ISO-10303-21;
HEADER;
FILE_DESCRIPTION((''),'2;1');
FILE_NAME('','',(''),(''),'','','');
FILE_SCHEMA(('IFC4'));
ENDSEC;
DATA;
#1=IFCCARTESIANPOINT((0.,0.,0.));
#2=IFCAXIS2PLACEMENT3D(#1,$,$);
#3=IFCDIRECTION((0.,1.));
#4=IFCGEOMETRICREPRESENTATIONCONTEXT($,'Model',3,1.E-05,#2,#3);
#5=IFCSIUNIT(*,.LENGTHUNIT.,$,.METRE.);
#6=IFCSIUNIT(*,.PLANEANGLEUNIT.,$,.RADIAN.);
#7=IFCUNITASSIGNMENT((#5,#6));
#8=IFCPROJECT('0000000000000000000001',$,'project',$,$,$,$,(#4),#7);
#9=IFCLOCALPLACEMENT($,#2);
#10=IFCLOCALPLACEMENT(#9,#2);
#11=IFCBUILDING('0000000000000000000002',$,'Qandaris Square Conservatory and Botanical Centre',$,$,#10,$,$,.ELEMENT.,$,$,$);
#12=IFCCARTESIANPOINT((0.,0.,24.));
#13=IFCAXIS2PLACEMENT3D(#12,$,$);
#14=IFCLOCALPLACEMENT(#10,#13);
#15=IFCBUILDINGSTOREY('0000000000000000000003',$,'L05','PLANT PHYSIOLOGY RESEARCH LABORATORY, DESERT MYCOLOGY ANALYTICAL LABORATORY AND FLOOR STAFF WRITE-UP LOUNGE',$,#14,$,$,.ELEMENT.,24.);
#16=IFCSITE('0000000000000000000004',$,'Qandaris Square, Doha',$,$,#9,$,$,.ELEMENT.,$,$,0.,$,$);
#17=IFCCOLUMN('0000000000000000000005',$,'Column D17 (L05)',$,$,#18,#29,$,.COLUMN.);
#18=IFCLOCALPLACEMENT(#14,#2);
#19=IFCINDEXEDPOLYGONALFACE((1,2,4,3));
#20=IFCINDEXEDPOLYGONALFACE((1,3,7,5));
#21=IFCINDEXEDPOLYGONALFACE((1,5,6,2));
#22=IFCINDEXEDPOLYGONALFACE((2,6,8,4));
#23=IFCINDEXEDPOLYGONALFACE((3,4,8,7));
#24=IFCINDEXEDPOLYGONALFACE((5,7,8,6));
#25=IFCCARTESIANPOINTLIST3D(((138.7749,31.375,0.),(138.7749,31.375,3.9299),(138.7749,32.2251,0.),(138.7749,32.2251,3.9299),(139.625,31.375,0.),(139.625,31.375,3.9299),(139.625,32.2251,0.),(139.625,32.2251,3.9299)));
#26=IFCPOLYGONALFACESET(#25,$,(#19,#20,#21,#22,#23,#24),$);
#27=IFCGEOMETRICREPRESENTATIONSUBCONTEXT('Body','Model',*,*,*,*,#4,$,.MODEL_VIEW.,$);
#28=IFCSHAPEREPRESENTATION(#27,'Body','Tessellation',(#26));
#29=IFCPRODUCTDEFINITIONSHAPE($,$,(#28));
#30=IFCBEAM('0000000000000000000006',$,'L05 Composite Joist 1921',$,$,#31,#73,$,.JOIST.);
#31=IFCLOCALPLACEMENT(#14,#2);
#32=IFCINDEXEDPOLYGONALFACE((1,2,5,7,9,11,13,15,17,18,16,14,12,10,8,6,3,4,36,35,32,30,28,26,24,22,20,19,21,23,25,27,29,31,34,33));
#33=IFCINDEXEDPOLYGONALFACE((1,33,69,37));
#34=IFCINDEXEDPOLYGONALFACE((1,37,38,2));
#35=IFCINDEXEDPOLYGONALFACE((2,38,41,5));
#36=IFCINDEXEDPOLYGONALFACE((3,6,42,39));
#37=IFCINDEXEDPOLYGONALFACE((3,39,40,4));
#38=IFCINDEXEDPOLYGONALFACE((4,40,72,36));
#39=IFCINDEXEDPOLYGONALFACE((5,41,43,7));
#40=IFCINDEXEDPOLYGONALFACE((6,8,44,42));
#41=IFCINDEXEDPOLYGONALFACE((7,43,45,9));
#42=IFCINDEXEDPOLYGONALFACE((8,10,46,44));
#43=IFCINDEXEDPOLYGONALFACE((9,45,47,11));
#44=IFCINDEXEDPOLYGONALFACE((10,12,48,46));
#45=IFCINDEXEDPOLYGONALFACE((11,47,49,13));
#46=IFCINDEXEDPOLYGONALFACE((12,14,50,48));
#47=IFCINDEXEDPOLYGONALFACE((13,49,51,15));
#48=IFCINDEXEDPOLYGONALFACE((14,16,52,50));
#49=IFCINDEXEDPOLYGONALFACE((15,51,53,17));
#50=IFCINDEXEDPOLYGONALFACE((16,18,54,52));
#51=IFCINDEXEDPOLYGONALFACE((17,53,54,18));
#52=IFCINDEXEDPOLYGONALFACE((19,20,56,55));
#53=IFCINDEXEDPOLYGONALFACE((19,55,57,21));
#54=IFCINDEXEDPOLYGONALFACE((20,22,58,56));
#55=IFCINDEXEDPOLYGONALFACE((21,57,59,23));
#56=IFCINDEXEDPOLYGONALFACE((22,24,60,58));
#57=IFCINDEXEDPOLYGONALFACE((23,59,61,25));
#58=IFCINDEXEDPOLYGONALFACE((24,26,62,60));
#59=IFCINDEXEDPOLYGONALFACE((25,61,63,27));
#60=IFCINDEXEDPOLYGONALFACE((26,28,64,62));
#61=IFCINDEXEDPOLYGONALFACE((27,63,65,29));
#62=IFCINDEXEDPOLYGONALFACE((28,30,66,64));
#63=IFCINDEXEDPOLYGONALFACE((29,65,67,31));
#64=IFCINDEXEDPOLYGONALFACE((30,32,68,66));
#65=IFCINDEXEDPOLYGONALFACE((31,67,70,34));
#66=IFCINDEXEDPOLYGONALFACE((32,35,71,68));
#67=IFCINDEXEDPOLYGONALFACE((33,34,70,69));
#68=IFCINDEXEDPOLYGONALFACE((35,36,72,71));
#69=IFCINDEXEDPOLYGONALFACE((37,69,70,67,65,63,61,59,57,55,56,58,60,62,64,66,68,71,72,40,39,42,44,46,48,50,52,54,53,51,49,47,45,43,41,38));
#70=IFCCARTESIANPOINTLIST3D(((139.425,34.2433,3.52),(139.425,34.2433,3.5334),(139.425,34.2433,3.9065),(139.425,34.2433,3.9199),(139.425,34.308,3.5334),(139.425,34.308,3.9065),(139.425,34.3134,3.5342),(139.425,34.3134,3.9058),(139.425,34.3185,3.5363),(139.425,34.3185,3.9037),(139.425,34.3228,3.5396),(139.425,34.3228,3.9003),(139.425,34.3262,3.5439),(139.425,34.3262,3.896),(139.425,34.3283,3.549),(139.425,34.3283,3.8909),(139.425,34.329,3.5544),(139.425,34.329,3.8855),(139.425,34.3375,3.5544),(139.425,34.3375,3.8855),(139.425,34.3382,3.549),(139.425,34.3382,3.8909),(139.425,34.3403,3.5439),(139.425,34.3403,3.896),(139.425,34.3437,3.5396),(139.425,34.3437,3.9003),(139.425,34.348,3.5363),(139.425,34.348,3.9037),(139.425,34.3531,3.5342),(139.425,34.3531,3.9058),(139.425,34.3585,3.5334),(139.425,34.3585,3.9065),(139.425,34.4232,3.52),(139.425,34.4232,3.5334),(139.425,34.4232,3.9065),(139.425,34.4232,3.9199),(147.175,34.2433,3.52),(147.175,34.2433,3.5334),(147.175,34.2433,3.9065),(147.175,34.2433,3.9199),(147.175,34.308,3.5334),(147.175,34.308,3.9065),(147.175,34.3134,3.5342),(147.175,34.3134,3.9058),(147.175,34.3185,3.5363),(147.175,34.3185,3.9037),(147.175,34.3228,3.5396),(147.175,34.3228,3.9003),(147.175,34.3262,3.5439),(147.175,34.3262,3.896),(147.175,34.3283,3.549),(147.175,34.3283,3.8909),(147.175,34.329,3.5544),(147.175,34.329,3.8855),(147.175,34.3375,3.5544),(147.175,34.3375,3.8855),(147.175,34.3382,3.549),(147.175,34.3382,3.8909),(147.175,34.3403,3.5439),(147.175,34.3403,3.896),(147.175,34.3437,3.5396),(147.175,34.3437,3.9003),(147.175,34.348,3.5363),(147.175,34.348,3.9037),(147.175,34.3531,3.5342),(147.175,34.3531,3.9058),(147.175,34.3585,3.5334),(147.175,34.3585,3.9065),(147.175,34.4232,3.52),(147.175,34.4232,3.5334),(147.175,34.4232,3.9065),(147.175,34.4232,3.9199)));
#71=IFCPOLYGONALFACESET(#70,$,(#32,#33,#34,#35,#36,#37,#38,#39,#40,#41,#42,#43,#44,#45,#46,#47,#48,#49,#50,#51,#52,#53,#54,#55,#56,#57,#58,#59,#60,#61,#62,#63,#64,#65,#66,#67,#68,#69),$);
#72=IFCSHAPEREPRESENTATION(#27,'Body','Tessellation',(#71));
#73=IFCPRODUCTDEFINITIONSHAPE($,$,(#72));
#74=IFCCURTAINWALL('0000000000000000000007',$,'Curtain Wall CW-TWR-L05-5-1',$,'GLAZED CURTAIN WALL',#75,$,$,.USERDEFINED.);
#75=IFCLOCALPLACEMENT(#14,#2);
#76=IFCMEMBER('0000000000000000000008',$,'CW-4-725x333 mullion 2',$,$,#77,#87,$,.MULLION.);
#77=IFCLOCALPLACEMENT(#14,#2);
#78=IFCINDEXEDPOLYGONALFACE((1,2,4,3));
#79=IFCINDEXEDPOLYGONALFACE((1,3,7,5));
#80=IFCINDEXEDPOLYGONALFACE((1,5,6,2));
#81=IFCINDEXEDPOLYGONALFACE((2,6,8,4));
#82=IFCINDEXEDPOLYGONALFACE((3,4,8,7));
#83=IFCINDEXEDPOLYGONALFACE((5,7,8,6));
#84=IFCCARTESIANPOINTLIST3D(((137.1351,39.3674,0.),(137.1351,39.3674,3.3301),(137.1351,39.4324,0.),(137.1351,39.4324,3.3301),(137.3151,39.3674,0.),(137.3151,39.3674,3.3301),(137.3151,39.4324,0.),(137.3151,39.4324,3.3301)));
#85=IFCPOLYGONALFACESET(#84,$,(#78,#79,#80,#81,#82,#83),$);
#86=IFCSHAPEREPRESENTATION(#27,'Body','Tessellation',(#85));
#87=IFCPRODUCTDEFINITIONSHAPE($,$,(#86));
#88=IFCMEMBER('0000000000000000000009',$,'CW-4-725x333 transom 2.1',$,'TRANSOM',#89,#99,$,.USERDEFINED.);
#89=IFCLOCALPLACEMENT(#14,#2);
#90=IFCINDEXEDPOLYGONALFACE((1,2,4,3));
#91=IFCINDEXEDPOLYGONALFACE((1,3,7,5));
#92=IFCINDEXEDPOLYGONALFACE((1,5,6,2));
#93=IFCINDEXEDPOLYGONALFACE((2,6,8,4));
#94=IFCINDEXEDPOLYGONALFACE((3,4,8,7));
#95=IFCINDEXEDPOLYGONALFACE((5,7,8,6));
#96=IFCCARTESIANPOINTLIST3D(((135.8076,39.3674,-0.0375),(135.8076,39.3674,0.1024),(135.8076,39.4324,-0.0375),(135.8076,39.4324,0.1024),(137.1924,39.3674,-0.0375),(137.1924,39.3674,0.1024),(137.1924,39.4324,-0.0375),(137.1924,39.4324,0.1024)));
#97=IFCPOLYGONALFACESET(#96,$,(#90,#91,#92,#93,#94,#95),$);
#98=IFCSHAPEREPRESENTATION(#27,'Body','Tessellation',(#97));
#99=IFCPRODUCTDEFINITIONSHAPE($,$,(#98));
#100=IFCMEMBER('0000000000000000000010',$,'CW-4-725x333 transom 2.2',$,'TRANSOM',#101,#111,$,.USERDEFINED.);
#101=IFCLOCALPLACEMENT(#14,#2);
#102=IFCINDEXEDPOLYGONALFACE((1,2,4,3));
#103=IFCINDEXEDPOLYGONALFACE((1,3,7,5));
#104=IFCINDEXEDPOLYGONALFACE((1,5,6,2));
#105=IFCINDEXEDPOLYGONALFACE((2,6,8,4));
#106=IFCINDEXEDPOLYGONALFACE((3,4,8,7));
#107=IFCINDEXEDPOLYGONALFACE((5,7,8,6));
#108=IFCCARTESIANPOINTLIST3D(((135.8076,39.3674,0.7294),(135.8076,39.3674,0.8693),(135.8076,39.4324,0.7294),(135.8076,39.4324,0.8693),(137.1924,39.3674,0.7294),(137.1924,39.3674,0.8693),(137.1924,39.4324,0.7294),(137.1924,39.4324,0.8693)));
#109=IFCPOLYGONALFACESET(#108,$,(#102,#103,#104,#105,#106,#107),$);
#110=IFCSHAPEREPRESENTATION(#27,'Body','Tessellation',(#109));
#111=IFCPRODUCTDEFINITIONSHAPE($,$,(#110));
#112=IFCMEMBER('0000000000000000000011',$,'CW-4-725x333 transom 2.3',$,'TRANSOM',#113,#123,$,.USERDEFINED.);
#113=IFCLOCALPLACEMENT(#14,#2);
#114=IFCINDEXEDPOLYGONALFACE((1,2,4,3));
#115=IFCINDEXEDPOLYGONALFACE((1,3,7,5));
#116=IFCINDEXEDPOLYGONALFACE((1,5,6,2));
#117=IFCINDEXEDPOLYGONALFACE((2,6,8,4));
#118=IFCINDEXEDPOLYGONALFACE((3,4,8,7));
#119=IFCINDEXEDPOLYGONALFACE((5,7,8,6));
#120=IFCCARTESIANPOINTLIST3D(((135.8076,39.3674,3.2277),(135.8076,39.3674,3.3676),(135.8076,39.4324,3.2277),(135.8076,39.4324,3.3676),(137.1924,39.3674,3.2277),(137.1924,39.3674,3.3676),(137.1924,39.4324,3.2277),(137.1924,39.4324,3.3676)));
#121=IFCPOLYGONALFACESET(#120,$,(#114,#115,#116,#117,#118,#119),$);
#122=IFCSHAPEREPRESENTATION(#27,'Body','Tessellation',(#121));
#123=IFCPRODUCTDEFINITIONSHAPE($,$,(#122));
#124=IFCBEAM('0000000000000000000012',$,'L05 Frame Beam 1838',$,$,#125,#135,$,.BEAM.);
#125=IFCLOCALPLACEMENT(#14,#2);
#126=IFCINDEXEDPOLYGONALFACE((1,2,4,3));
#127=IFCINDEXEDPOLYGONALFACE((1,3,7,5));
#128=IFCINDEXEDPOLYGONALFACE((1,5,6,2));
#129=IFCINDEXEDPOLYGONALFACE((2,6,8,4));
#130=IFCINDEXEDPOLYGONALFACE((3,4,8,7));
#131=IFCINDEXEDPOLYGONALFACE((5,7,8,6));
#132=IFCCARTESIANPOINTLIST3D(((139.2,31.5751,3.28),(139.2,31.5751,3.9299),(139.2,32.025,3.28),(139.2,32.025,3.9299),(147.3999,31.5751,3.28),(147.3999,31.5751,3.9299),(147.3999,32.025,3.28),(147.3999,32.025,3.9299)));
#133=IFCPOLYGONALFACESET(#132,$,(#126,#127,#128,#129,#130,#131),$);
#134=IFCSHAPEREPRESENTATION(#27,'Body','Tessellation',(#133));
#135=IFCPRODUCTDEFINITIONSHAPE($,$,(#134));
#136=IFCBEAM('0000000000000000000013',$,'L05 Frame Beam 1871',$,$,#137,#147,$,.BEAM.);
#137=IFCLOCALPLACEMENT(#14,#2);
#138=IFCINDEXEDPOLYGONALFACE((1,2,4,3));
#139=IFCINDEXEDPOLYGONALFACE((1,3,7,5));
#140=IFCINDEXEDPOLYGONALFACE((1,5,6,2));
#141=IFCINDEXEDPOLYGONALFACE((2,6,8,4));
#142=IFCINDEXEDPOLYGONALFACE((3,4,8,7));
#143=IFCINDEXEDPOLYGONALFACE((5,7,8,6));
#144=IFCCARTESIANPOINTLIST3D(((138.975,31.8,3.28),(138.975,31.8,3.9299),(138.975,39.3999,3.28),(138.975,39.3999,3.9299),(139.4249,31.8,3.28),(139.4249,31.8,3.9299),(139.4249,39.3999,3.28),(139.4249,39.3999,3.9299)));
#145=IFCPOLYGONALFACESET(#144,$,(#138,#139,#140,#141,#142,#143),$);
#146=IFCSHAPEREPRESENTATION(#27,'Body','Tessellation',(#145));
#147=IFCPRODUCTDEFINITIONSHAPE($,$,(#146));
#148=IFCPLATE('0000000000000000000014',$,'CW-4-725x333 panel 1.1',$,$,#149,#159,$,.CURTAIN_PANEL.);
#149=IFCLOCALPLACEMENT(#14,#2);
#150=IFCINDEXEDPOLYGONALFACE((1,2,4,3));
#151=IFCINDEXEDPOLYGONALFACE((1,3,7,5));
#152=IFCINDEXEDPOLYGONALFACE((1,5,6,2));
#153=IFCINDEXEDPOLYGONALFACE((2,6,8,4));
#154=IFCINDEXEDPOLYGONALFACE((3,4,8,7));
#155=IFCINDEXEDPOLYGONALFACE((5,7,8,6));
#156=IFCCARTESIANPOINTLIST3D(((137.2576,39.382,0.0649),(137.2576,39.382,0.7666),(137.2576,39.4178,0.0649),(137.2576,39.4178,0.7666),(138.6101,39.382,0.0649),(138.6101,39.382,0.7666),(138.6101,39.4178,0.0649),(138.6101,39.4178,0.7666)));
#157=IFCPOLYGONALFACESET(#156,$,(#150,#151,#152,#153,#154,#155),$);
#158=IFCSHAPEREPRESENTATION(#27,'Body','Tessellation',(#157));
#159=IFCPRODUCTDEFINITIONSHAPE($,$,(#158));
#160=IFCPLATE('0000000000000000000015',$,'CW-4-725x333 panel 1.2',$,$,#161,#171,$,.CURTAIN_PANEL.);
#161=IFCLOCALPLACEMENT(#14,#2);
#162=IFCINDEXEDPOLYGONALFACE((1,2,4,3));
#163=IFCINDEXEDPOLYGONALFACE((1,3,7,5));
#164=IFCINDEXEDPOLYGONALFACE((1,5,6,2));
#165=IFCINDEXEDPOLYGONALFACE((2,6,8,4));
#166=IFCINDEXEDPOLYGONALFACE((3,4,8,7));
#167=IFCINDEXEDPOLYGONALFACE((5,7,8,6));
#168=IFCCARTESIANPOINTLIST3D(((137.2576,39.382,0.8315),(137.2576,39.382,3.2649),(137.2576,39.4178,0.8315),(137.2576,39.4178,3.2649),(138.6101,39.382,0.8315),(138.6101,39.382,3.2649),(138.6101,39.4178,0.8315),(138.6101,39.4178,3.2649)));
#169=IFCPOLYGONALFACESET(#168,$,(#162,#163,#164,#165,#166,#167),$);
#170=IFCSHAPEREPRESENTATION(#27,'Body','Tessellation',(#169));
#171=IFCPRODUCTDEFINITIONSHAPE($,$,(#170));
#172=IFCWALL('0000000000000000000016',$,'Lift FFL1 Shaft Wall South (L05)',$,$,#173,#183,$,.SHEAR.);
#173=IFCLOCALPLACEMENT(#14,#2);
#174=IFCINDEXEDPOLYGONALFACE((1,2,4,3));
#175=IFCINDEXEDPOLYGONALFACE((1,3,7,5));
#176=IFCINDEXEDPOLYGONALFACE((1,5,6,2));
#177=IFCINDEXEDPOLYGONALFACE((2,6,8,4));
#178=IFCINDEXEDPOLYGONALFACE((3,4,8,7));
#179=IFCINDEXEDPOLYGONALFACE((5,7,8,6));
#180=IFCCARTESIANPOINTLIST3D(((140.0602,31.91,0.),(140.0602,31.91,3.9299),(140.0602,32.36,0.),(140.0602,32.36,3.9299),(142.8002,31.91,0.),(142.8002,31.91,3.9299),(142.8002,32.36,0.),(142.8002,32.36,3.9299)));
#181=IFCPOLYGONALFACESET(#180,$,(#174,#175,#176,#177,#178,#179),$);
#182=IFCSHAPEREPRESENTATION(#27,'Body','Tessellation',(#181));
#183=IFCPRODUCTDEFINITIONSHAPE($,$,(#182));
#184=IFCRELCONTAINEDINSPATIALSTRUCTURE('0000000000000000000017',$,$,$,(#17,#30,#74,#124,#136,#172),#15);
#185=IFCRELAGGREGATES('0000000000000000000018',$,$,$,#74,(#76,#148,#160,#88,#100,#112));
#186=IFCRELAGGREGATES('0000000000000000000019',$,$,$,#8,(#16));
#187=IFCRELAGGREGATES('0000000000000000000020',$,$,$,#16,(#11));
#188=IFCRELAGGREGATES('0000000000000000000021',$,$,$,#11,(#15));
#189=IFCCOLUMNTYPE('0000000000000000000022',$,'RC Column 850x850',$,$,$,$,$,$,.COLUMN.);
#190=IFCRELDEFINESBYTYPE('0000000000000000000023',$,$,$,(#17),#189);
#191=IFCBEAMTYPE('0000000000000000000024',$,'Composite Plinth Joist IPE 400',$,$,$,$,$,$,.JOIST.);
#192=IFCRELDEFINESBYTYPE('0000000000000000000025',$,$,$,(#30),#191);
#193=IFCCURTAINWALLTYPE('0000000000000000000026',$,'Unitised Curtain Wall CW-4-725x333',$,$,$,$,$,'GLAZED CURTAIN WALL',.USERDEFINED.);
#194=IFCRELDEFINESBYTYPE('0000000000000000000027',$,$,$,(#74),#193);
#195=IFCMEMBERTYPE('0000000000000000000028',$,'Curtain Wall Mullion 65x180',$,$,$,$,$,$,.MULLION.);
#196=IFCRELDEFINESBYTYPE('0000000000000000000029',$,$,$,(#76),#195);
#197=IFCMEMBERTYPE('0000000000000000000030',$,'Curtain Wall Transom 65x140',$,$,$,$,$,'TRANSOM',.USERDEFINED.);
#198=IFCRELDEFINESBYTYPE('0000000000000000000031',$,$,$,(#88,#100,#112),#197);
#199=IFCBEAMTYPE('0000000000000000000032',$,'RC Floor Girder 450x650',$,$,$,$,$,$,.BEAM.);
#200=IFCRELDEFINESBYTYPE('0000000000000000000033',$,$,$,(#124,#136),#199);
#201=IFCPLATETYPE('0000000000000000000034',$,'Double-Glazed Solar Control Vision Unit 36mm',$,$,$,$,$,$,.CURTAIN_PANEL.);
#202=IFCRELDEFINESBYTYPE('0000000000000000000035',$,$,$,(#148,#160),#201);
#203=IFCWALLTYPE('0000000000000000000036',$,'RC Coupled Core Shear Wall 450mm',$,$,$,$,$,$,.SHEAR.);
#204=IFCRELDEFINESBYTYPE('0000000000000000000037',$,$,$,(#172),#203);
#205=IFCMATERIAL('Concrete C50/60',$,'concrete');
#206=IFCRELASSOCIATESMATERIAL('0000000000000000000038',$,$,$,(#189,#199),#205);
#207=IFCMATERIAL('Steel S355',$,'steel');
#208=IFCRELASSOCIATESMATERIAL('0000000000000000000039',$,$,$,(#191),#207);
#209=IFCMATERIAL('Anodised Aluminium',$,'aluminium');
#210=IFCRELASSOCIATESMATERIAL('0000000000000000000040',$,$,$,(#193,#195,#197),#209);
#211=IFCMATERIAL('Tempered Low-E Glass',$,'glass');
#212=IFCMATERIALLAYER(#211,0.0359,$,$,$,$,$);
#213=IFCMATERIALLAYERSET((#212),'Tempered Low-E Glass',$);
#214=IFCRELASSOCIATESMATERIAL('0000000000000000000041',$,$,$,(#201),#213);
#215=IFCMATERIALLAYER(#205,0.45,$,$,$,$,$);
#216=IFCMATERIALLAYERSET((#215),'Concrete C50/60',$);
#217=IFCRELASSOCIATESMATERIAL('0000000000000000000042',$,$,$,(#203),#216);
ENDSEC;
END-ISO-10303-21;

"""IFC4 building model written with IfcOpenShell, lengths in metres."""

from ifc_helpers import new_model, si_unit, direction, frame, frame_2d, origin, origin_2d, place, context, subcontext, project, spatial, rectangle, i_section, extrude, material, layer, layer_set, material_profile, profile_set, type_object, element, aggregate, save


model = new_model("IFC4")

# Units and contexts
model_context = context("Model", 3, precision=1e-05, world=origin(), true_north=direction((0.0, 1.0)))
body_context = subcontext(model_context, "Body", "Model", "MODEL_VIEW")
ifc_project = project(units=[si_unit("LENGTHUNIT", "METRE"), si_unit("PLANEANGLEUNIT", "RADIAN")], contexts=[model_context])

# Site, building, storey
site_placement = place(None, origin())
site = spatial("IfcSite", under=ifc_project, at=site_placement, Name="Qandaris Square, Doha", CompositionType="ELEMENT", RefElevation=0.0)
building_placement = place(site_placement, origin())
building = spatial("IfcBuilding", under=site, at=building_placement, Name="Qandaris Square Conservatory and Botanical Centre", CompositionType="ELEMENT")
storey_placement = place(building_placement, frame((0.0, 0.0, 24.0)))
storey = spatial("IfcBuildingStorey", under=building, at=storey_placement, Name="L05", Description="PLANT PHYSIOLOGY RESEARCH LABORATORY, DESERT MYCOLOGY ANALYTICAL LABORATORY AND FLOOR STAFF WRITE-UP LOUNGE", CompositionType="ELEMENT", Elevation=24.0)

# Column
ifc_material_1 = material(Name="Concrete C50/60", Category="concrete")
ifc_material_profile_1 = material_profile(ifc_material_1, rectangle(XDim=0.8501, YDim=0.8501, at=origin_2d()), Name="RC-COL 850x850")
ifc_profile_set_1 = profile_set([ifc_material_profile_1], Name="Concrete C50/60")
column_type = type_object("IfcColumnType", Name="RC Column 850x850", PredefinedType="COLUMN", material=ifc_profile_set_1)
column_placement = place(storey_placement, frame((139.2, 31.8, 0.0), z_axis=(0.0, 0.0, 1.0), x_axis=(1.0, 0.0, 0.0)))
element("IfcColumn", 1, at=column_placement, inside=storey, type_object=column_type, Name="Column D17 (L05)", PredefinedType="COLUMN", context=body_context, shape_type="SweptSolid", body=[
    extrude(rectangle(XDim=0.8501, YDim=0.8501, at=origin_2d()), origin(), (0.0, 0.0, 1.0), 3.9299),
])

# Beam
ifc_material_2 = material(Name="Steel S355", Category="steel")
ifc_material_profile_2 = material_profile(ifc_material_2, i_section(OverallWidth=0.1799, OverallDepth=0.3999, WebThickness=0.0085, FlangeThickness=0.0134, FilletRadius=0.021, at=origin_2d()), Name="IPE 400")
ifc_profile_set_2 = profile_set([ifc_material_profile_2], Name="Steel S355")
beam_type_1 = type_object("IfcBeamType", Name="Composite Plinth Joist IPE 400", PredefinedType="JOIST", material=ifc_profile_set_2)
beam_1_placement = place(storey_placement, frame((139.425, 34.3333, 3.72), z_axis=(1.0, 0.0, 0.0), x_axis=(0.0, 1.0, 0.0)))
element("IfcBeam", 2, at=beam_1_placement, inside=storey, type_object=beam_type_1, Name="L05 Composite Joist 1921", PredefinedType="JOIST", context=body_context, shape_type="SweptSolid", body=[
    extrude(i_section(OverallWidth=0.1799, OverallDepth=0.3999, WebThickness=0.0085, FlangeThickness=0.0134, FilletRadius=0.021, at=origin_2d()), origin(), (0.0, 0.0, 1.0), 7.75),
])

# Curtain wall, members
ifc_material_3 = material(Name="Anodised Aluminium", Category="aluminium")
curtain_wall_type = type_object("IfcCurtainWallType", Name="Unitised Curtain Wall CW-4-725x333", ElementType="GLAZED CURTAIN WALL", PredefinedType="USERDEFINED", material=ifc_material_3)
curtain_wall_placement = place(storey_placement, origin())
curtain_wall = element("IfcCurtainWall", 3, at=curtain_wall_placement, inside=storey, type_object=curtain_wall_type, Name="Curtain Wall CW-TWR-L05-5-1", ObjectType="GLAZED CURTAIN WALL", PredefinedType="USERDEFINED")
ifc_material_profile_3 = material_profile(ifc_material_3, rectangle(XDim=0.0649, YDim=0.1799, at=origin_2d()), Name="ALU-MUL 65x180")
ifc_profile_set_3 = profile_set([ifc_material_profile_3], Name="Anodised Aluminium")
member_type_1 = type_object("IfcMemberType", Name="Curtain Wall Mullion 65x180", PredefinedType="MULLION", material=ifc_profile_set_3)
member_1_placement = place(storey_placement, frame((137.2251, 39.3999, 0.0), z_axis=(0.0, 0.0, 1.0), x_axis=(0.0, -1.0, 0.0)))
member_1 = element("IfcMember", 4, at=member_1_placement, type_object=member_type_1, Name="CW-4-725x333 mullion 2", PredefinedType="MULLION", context=body_context, shape_type="SweptSolid", body=[
    extrude(rectangle(XDim=0.0649, YDim=0.1799, at=origin_2d()), origin(), (0.0, 0.0, 1.0), 3.3301),
])
ifc_material_profile_4 = material_profile(ifc_material_3, rectangle(XDim=0.0649, YDim=0.1399, at=origin_2d()), Name="ALU-TRN 65x140")
ifc_profile_set_4 = profile_set([ifc_material_profile_4], Name="Anodised Aluminium")
member_type_2 = type_object("IfcMemberType", Name="Curtain Wall Transom 65x140", ElementType="TRANSOM", PredefinedType="USERDEFINED", material=ifc_profile_set_4)
member_2_placement = place(storey_placement, frame((137.1924, 39.3999, 0.0325), z_axis=(-1.0, 0.0, 0.0), x_axis=(0.0, -1.0, 0.0)))
member_2 = element("IfcMember", 5, at=member_2_placement, type_object=member_type_2, Name="CW-4-725x333 transom 2.1", ObjectType="TRANSOM", PredefinedType="USERDEFINED", context=body_context, shape_type="SweptSolid", body=[
    extrude(rectangle(XDim=0.0649, YDim=0.1399, at=origin_2d()), origin(), (0.0, 0.0, 1.0), 1.3848),
])
member_3_placement = place(storey_placement, frame((137.1924, 39.3999, 0.7993), z_axis=(-1.0, 0.0, 0.0), x_axis=(0.0, -1.0, 0.0)))
member_3 = element("IfcMember", 6, at=member_3_placement, type_object=member_type_2, Name="CW-4-725x333 transom 2.2", ObjectType="TRANSOM", PredefinedType="USERDEFINED", context=body_context, shape_type="SweptSolid", body=[
    extrude(rectangle(XDim=0.0649, YDim=0.1399, at=origin_2d()), origin(), (0.0, 0.0, 1.0), 1.3848),
])
member_4_placement = place(storey_placement, frame((137.1924, 39.3999, 3.2976), z_axis=(-1.0, 0.0, 0.0), x_axis=(0.0, -1.0, 0.0)))
member_4 = element("IfcMember", 7, at=member_4_placement, type_object=member_type_2, Name="CW-4-725x333 transom 2.3", ObjectType="TRANSOM", PredefinedType="USERDEFINED", context=body_context, shape_type="SweptSolid", body=[
    extrude(rectangle(XDim=0.0649, YDim=0.1399, at=origin_2d()), origin(), (0.0, 0.0, 1.0), 1.3848),
])

# Beams
ifc_material_profile_5 = material_profile(ifc_material_1, rectangle(XDim=0.45, YDim=0.6499, at=origin_2d()), Name="RC-BM 450x650")
ifc_profile_set_5 = profile_set([ifc_material_profile_5], Name="Concrete C50/60")
beam_type_2 = type_object("IfcBeamType", Name="RC Floor Girder 450x650", PredefinedType="BEAM", material=ifc_profile_set_5)
beam_2_placement = place(storey_placement, frame((139.2, 31.8, 3.605), z_axis=(1.0, 0.0, 0.0), x_axis=(0.0, 1.0, 0.0)))
element("IfcBeam", 8, at=beam_2_placement, inside=storey, type_object=beam_type_2, Name="L05 Frame Beam 1838", PredefinedType="BEAM", context=body_context, shape_type="SweptSolid", body=[
    extrude(rectangle(XDim=0.45, YDim=0.6499, at=origin_2d()), origin(), (0.0, 0.0, 1.0), 8.2),
])
beam_3_placement = place(storey_placement, frame((139.2, 31.8, 3.605), z_axis=(0.0, 1.0, 0.0), x_axis=(-1.0, 0.0, 0.0)))
element("IfcBeam", 9, at=beam_3_placement, inside=storey, type_object=beam_type_2, Name="L05 Frame Beam 1871", PredefinedType="BEAM", context=body_context, shape_type="SweptSolid", body=[
    extrude(rectangle(XDim=0.45, YDim=0.6499, at=origin_2d()), origin(), (0.0, 0.0, 1.0), 7.5999),
])

# Plates
ifc_material_4 = material(Name="Tempered Low-E Glass", Category="glass")
ifc_layer_1 = layer(ifc_material_4, 0.0359)
ifc_layer_set_1 = layer_set([ifc_layer_1], Name="Tempered Low-E Glass")
plate_type = type_object("IfcPlateType", Name="Double-Glazed Solar Control Vision Unit 36mm", PredefinedType="CURTAIN_PANEL", material=ifc_layer_set_1)
plate_1_placement = place(storey_placement, frame((137.9338, 39.3999, 0.0649), z_axis=(0.0, 0.0, 1.0), x_axis=(-1.0, 0.0, 0.0)))
plate_1 = element("IfcPlate", 10, at=plate_1_placement, type_object=plate_type, Name="CW-4-725x333 panel 1.1", PredefinedType="CURTAIN_PANEL", context=body_context, shape_type="SweptSolid", body=[
    extrude(rectangle(XDim=1.3525, YDim=0.0359, at=origin_2d()), origin(), (0.0, 0.0, 1.0), 0.7017),
])
plate_2_placement = place(storey_placement, frame((137.9338, 39.3999, 0.8315), z_axis=(0.0, 0.0, 1.0), x_axis=(-1.0, 0.0, 0.0)))
plate_2 = element("IfcPlate", 11, at=plate_2_placement, type_object=plate_type, Name="CW-4-725x333 panel 1.2", PredefinedType="CURTAIN_PANEL", context=body_context, shape_type="SweptSolid", body=[
    extrude(rectangle(XDim=1.3525, YDim=0.0359, at=origin_2d()), origin(), (0.0, 0.0, 1.0), 2.4333),
])
aggregate(curtain_wall, [member_1, plate_1, plate_2, member_2, member_3, member_4])

# Wall
ifc_layer_2 = layer(ifc_material_1, 0.45)
ifc_layer_set_2 = layer_set([ifc_layer_2], Name="Concrete C50/60")
wall_type_1 = type_object("IfcWallType", Name="RC Coupled Core Shear Wall 450mm", PredefinedType="SHEAR", material=ifc_layer_set_2)
for number, where, z_axis, x_axis, name in (
    (12, (140.0601, 32.135, 0.0), (0.0, 0.0, 1.0), (1.0, 0.0, 0.0), "Lift FFL1 Shaft Wall South (L05)"),
):
    element("IfcWall", number, at=place(storey_placement, frame(where, z_axis=z_axis, x_axis=x_axis)), inside=storey, type_object=wall_type_1, Name=name, PredefinedType="SHEAR", context=body_context, shape_type="SweptSolid", body=[
        extrude(rectangle(XDim=2.74, YDim=0.45, at=frame_2d((1.3701, 0.0))), origin(), (0.0, 0.0, 1.0), 3.9299),
    ])

save(model, "model.ifc")
